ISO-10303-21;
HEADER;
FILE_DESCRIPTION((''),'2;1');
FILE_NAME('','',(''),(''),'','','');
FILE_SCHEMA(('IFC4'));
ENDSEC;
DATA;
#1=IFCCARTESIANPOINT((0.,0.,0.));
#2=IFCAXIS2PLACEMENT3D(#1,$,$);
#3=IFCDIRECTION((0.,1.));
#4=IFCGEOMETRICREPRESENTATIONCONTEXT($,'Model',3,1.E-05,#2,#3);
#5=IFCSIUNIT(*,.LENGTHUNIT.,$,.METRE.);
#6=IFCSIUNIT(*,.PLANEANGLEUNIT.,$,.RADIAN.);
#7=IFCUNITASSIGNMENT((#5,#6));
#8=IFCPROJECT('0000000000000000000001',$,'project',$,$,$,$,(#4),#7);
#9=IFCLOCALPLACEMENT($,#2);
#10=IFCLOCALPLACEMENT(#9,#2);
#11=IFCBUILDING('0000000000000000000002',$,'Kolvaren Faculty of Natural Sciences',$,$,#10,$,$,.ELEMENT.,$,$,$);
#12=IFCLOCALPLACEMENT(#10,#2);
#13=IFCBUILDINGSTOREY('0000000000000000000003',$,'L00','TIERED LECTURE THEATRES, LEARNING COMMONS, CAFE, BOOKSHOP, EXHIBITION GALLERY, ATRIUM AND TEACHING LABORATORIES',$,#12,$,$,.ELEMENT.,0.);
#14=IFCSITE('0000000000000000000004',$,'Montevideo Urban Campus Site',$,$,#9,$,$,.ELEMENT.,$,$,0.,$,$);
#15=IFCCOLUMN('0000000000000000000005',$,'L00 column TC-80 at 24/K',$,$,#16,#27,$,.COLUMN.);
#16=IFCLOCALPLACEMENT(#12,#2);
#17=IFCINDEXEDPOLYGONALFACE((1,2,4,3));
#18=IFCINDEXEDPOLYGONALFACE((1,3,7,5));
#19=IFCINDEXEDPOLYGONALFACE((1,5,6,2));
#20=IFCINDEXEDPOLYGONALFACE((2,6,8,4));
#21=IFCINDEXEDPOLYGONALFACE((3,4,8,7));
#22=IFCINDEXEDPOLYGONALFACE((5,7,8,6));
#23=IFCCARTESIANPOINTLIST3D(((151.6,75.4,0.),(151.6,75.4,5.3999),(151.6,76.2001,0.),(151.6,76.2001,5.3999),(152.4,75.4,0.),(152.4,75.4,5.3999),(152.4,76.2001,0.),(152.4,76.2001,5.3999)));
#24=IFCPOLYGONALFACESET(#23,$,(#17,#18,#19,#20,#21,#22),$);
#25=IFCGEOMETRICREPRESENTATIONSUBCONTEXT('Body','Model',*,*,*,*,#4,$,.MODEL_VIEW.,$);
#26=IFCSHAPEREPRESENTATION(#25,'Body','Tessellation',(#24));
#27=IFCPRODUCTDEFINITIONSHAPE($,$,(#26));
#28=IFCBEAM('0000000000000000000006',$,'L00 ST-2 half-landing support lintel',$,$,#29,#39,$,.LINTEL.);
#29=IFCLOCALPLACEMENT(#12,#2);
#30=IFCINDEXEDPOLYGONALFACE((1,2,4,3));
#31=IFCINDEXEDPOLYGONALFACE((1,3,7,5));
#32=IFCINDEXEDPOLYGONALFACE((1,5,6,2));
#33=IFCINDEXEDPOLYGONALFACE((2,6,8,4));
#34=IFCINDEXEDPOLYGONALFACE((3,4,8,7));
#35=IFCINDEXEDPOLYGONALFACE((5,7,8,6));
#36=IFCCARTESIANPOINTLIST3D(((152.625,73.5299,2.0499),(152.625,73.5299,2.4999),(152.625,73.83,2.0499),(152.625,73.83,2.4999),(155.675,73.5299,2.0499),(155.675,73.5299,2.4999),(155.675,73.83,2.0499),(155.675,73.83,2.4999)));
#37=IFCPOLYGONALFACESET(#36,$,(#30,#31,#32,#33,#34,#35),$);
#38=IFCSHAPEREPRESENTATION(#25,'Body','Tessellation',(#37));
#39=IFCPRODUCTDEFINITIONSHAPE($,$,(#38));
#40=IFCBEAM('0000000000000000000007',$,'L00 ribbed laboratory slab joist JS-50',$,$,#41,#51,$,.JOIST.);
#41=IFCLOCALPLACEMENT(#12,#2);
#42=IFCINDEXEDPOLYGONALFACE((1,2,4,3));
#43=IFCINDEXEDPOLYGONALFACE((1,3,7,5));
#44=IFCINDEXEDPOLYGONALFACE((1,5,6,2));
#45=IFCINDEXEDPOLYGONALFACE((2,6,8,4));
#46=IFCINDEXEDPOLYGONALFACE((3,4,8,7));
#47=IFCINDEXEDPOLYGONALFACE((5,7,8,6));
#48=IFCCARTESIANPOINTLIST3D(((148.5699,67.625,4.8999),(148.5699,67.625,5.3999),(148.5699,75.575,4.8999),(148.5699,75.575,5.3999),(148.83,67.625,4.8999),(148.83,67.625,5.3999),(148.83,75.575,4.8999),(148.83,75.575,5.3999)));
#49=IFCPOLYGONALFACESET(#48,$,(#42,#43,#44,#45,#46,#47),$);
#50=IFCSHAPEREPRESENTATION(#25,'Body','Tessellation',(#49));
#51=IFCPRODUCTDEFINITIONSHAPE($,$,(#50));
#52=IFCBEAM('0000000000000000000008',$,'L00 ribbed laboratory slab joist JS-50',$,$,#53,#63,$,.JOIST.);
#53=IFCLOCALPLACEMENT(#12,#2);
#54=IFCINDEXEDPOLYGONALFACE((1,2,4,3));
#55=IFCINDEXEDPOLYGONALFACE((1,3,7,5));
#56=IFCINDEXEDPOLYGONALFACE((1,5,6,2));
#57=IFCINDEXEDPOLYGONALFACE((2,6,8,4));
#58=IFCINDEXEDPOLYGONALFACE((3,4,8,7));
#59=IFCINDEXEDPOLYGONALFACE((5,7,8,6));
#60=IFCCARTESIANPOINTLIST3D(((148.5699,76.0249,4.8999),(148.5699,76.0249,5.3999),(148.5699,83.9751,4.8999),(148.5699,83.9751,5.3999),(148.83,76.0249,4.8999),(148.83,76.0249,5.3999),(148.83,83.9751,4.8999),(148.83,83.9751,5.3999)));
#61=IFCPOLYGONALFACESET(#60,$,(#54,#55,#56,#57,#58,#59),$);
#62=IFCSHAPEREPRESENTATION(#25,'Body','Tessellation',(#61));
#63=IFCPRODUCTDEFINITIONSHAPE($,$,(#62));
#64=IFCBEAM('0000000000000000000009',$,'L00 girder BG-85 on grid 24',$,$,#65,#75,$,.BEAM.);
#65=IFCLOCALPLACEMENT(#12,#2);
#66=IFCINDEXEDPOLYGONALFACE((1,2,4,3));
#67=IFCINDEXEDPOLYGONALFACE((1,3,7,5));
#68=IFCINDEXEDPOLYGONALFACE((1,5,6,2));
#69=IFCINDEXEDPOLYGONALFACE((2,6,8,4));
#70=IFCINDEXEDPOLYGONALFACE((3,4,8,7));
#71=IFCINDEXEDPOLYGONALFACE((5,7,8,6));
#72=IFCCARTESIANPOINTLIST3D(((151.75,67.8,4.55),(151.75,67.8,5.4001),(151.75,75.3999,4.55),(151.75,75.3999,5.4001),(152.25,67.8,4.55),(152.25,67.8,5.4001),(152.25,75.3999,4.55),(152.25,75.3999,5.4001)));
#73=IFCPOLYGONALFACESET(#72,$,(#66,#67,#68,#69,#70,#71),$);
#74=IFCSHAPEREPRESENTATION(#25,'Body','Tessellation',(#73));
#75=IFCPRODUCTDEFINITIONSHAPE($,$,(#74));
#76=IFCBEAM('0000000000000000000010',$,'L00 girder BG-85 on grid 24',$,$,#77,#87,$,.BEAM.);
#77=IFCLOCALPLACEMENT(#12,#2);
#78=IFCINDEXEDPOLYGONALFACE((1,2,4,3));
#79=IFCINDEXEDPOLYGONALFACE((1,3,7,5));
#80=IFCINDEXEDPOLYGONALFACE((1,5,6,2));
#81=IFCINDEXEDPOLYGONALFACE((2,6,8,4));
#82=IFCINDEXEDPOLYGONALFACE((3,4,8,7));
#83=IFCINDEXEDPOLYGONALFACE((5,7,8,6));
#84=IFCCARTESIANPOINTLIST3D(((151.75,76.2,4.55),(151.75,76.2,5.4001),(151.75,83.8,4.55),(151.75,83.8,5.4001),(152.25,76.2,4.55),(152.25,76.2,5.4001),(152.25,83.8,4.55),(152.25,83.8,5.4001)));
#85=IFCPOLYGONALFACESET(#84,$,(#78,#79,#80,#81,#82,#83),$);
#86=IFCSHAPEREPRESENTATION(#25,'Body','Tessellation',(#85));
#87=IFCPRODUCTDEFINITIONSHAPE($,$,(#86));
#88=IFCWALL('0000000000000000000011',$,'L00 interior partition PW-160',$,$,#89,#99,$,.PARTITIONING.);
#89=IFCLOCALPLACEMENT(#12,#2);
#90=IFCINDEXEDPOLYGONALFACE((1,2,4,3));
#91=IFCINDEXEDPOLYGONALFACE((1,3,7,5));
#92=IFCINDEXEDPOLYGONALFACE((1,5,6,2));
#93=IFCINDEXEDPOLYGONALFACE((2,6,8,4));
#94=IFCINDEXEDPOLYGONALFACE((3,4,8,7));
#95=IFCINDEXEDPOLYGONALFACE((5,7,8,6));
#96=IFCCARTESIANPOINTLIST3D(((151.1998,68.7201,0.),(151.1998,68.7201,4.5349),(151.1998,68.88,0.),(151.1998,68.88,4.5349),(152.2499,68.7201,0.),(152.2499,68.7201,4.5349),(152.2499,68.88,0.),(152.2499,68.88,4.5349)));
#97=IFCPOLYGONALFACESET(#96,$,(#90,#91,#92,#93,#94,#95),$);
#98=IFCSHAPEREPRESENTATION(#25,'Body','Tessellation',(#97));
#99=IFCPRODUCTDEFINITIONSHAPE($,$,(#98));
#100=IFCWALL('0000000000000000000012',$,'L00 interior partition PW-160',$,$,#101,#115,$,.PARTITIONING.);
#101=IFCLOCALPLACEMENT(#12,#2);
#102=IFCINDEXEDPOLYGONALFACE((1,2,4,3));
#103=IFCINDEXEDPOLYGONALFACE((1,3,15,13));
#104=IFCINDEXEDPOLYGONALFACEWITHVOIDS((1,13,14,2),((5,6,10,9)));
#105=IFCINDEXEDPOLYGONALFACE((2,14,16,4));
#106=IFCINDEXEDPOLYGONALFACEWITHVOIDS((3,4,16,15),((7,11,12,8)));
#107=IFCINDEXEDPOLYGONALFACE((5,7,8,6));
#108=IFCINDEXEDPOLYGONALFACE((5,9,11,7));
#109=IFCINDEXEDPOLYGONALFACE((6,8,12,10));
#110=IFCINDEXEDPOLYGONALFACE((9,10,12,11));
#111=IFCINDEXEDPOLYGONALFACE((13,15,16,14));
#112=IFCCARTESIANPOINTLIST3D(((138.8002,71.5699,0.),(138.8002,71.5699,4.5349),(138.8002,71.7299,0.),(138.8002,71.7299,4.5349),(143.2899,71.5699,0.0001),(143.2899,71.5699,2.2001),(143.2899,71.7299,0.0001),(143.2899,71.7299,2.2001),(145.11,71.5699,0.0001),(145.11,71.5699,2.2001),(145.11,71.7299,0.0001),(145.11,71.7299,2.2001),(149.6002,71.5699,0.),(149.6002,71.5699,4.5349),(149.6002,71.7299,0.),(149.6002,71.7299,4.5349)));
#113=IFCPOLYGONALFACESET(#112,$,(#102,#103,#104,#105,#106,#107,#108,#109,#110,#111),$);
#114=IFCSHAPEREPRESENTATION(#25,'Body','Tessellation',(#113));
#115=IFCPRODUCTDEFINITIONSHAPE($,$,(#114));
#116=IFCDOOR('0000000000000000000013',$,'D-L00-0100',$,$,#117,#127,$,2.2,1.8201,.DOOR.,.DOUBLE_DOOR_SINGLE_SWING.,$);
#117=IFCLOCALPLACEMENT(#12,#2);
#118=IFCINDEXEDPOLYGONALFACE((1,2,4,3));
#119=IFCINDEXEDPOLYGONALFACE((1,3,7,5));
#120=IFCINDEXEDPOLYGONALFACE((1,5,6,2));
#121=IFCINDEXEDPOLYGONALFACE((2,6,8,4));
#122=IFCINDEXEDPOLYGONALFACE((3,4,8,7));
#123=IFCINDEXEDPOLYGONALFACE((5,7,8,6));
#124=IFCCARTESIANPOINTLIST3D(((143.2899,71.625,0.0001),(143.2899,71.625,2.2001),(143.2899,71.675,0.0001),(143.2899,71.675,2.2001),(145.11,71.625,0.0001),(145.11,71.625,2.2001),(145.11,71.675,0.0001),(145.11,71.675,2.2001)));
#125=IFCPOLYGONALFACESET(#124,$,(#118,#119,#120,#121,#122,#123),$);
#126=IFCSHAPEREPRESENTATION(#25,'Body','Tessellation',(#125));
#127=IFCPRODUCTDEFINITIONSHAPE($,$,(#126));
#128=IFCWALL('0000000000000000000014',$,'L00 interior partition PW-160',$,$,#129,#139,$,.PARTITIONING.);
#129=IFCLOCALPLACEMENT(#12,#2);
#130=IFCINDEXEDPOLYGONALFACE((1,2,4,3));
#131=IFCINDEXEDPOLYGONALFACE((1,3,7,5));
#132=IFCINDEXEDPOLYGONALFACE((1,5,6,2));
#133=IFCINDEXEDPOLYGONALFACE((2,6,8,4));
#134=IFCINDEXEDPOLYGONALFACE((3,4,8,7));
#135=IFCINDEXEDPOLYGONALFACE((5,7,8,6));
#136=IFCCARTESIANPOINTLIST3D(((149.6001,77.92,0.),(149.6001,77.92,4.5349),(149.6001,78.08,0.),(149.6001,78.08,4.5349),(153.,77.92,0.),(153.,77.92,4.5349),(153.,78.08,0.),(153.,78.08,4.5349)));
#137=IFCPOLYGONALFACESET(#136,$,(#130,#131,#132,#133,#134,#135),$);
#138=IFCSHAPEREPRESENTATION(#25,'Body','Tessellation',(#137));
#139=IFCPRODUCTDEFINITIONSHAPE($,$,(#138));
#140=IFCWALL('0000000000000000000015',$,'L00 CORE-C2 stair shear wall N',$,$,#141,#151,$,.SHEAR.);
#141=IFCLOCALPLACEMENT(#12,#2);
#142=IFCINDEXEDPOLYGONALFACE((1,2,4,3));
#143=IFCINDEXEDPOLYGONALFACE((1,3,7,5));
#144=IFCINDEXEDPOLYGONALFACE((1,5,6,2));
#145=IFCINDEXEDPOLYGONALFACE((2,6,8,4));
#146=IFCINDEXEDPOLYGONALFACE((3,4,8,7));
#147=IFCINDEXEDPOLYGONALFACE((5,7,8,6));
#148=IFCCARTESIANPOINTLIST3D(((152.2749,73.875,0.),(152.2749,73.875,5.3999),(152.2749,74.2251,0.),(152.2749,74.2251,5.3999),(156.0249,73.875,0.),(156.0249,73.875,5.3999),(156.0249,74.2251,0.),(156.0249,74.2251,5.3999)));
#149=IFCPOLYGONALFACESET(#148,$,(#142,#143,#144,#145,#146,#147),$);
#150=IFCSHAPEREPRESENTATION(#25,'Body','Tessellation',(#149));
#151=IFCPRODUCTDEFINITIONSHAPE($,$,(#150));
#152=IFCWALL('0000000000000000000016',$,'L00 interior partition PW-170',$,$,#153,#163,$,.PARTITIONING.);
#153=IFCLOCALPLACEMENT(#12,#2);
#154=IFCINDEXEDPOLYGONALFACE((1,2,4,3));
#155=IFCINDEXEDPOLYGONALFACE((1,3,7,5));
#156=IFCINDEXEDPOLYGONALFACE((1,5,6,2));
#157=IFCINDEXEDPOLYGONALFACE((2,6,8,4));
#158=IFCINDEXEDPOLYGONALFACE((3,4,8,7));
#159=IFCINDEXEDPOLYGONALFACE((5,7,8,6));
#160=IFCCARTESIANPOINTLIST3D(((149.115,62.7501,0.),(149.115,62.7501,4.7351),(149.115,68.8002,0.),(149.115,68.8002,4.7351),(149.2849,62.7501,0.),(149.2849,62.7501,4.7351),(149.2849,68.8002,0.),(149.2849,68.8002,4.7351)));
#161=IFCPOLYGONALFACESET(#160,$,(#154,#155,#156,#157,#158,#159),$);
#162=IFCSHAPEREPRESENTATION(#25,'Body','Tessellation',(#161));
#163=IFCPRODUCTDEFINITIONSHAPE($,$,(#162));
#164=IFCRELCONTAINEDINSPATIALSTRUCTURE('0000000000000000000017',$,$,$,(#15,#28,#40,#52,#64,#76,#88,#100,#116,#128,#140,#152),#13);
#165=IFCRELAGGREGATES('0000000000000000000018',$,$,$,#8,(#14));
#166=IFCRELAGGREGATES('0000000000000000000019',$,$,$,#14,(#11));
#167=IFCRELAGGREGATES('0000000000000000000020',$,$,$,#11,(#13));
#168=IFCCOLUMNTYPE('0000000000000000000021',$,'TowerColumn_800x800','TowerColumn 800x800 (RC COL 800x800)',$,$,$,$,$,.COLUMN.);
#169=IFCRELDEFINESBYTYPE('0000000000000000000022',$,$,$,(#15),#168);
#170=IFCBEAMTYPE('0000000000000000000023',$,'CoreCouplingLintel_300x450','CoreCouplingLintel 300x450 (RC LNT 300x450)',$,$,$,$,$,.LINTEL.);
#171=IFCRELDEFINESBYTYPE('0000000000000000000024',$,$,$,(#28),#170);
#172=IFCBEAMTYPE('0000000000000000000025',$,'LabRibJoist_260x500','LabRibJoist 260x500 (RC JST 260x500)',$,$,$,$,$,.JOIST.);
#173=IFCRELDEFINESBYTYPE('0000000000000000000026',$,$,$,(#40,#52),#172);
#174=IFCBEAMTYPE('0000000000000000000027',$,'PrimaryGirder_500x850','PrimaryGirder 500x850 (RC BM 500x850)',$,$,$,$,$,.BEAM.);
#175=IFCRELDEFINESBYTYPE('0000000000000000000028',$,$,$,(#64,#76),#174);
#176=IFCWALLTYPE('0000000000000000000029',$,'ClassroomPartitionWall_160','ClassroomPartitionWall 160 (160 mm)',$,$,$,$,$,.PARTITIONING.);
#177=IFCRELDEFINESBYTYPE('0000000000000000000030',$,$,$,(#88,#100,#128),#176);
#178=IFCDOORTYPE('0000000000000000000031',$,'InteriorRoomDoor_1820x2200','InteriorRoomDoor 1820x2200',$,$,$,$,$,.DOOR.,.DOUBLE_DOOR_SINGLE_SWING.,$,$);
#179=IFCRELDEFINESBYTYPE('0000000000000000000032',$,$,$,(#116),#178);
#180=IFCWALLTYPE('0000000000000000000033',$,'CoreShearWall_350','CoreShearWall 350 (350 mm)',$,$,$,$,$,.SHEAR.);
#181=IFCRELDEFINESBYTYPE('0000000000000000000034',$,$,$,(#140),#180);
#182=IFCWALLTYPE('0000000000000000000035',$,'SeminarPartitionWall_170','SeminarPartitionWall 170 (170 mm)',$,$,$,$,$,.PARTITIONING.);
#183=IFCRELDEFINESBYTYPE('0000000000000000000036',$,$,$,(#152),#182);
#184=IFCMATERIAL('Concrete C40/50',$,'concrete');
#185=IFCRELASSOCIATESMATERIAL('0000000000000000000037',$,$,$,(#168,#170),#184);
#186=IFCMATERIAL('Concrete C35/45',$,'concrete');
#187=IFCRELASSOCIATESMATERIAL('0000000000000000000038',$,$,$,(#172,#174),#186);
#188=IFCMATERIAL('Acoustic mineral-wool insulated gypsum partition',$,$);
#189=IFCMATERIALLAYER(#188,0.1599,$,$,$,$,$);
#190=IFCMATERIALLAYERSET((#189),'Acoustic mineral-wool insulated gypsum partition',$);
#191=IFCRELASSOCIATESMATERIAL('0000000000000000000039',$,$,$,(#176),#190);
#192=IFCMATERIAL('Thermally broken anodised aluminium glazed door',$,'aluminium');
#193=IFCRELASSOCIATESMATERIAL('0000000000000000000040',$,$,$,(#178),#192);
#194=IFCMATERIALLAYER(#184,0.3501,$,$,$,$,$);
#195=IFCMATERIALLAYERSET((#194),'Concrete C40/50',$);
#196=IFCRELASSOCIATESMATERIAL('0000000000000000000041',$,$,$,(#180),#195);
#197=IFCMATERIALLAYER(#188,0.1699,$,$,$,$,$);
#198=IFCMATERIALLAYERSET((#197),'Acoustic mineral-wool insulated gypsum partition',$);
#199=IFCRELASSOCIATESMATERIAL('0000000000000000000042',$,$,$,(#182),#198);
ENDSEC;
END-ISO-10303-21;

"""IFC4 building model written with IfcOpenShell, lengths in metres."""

from ifc_helpers import new_model, si_unit, direction, frame, frame_2d, origin, origin_2d, place, context, subcontext, project, spatial, rectangle, extrude, material, layer, layer_set, material_profile, profile_set, type_object, element, fill, save


model = new_model("IFC4")

# Units and contexts
model_context = context("Model", 3, precision=1e-05, world=origin(), true_north=direction((0.0, 1.0)))
body_context = subcontext(model_context, "Body", "Model", "MODEL_VIEW")
ifc_project = project(units=[si_unit("LENGTHUNIT", "METRE"), si_unit("PLANEANGLEUNIT", "RADIAN")], contexts=[model_context])

# Site, building, storey
site_placement = place(None, origin())
site = spatial("IfcSite", under=ifc_project, at=site_placement, Name="Montevideo Urban Campus Site", CompositionType="ELEMENT", RefElevation=0.0)
building_placement = place(site_placement, origin())
building = spatial("IfcBuilding", under=site, at=building_placement, Name="Kolvaren Faculty of Natural Sciences", CompositionType="ELEMENT")
storey_placement = place(building_placement, origin())
storey = spatial("IfcBuildingStorey", under=building, at=storey_placement, Name="L00", Description="TIERED LECTURE THEATRES, LEARNING COMMONS, CAFE, BOOKSHOP, EXHIBITION GALLERY, ATRIUM AND TEACHING LABORATORIES", CompositionType="ELEMENT", Elevation=0.0)

# Column
ifc_material_1 = material(Name="Concrete C40/50", Category="concrete")
ifc_material_profile_1 = material_profile(ifc_material_1, rectangle(XDim=0.8, YDim=0.8, at=origin_2d()), Name="RC COL 800x800")
ifc_profile_set_1 = profile_set([ifc_material_profile_1], Name="Concrete C40/50")
column_type = type_object("IfcColumnType", Name="TowerColumn_800x800", Description="TowerColumn 800x800 (RC COL 800x800)", PredefinedType="COLUMN", material=ifc_profile_set_1)
column_placement = place(storey_placement, frame((152.0, 75.8, 0.0), z_axis=(0.0, 0.0, 1.0), x_axis=(1.0, 0.0, 0.0)))
element("IfcColumn", 1, at=column_placement, inside=storey, type_object=column_type, Name="L00 column TC-80 at 24/K", PredefinedType="COLUMN", context=body_context, shape_type="SweptSolid", body=[
    extrude(rectangle(XDim=0.8, YDim=0.8, at=origin_2d()), origin(), (0.0, 0.0, 1.0), 5.3999),
])

# Beams
ifc_material_profile_2 = material_profile(ifc_material_1, rectangle(XDim=0.3, YDim=0.45, at=origin_2d()), Name="RC LNT 300x450")
ifc_profile_set_2 = profile_set([ifc_material_profile_2], Name="Concrete C40/50")
beam_type_1 = type_object("IfcBeamType", Name="CoreCouplingLintel_300x450", Description="CoreCouplingLintel 300x450 (RC LNT 300x450)", PredefinedType="LINTEL", material=ifc_profile_set_2)
beam_1_placement = place(storey_placement, frame((152.625, 73.6799, 2.2749), z_axis=(1.0, 0.0, 0.0), x_axis=(0.0, 1.0, 0.0)))
element("IfcBeam", 2, at=beam_1_placement, inside=storey, type_object=beam_type_1, Name="L00 ST-2 half-landing support lintel", PredefinedType="LINTEL", context=body_context, shape_type="SweptSolid", body=[
    extrude(rectangle(XDim=0.3, YDim=0.45, at=origin_2d()), origin(), (0.0, 0.0, 1.0), 3.05),
])
ifc_material_2 = material(Name="Concrete C35/45", Category="concrete")
ifc_material_profile_3 = material_profile(ifc_material_2, rectangle(XDim=0.26, YDim=0.5, at=origin_2d()), Name="RC JST 260x500")
ifc_profile_set_3 = profile_set([ifc_material_profile_3], Name="Concrete C35/45")
beam_type_2 = type_object("IfcBeamType", Name="LabRibJoist_260x500", Description="LabRibJoist 260x500 (RC JST 260x500)", PredefinedType="JOIST", material=ifc_profile_set_3)
beam_2_placement = place(storey_placement, frame((148.7, 67.625, 5.1499), z_axis=(0.0, 1.0, 0.0), x_axis=(-1.0, 0.0, 0.0)))
element("IfcBeam", 3, at=beam_2_placement, inside=storey, type_object=beam_type_2, Name="L00 ribbed laboratory slab joist JS-50", PredefinedType="JOIST", context=body_context, shape_type="SweptSolid", body=[
    extrude(rectangle(XDim=0.26, YDim=0.5, at=origin_2d()), origin(), (0.0, 0.0, 1.0), 7.95),
])
beam_3_placement = place(storey_placement, frame((148.7, 76.0249, 5.1499), z_axis=(0.0, 1.0, 0.0), x_axis=(-1.0, 0.0, 0.0)))
element("IfcBeam", 4, at=beam_3_placement, inside=storey, type_object=beam_type_2, Name="L00 ribbed laboratory slab joist JS-50", PredefinedType="JOIST", context=body_context, shape_type="SweptSolid", body=[
    extrude(rectangle(XDim=0.26, YDim=0.5, at=origin_2d()), origin(), (0.0, 0.0, 1.0), 7.9502),
])
ifc_material_profile_4 = material_profile(ifc_material_2, rectangle(XDim=0.5, YDim=0.8501, at=origin_2d()), Name="RC BM 500x850")
ifc_profile_set_4 = profile_set([ifc_material_profile_4], Name="Concrete C35/45")
beam_type_3 = type_object("IfcBeamType", Name="PrimaryGirder_500x850", Description="PrimaryGirder 500x850 (RC BM 500x850)", PredefinedType="BEAM", material=ifc_profile_set_4)
beam_4_placement = place(storey_placement, frame((152.0, 67.8, 4.9751), z_axis=(0.0, 1.0, 0.0), x_axis=(-1.0, 0.0, 0.0)))
element("IfcBeam", 5, at=beam_4_placement, inside=storey, type_object=beam_type_3, Name="L00 girder BG-85 on grid 24", PredefinedType="BEAM", context=body_context, shape_type="SweptSolid", body=[
    extrude(rectangle(XDim=0.5, YDim=0.8501, at=origin_2d()), origin(), (0.0, 0.0, 1.0), 7.5999),
])
beam_5_placement = place(storey_placement, frame((152.0, 76.2, 4.9751), z_axis=(0.0, 1.0, 0.0), x_axis=(-1.0, 0.0, 0.0)))
element("IfcBeam", 6, at=beam_5_placement, inside=storey, type_object=beam_type_3, Name="L00 girder BG-85 on grid 24", PredefinedType="BEAM", context=body_context, shape_type="SweptSolid", body=[
    extrude(rectangle(XDim=0.5, YDim=0.8501, at=origin_2d()), origin(), (0.0, 0.0, 1.0), 7.6001),
])

# Wall
ifc_material_3 = material(Name="Acoustic mineral-wool insulated gypsum partition")
ifc_layer_1 = layer(ifc_material_3, 0.1599)
ifc_layer_set_1 = layer_set([ifc_layer_1], Name="Acoustic mineral-wool insulated gypsum partition")
wall_type_1 = type_object("IfcWallType", Name="ClassroomPartitionWall_160", Description="ClassroomPartitionWall 160 (160 mm)", PredefinedType="PARTITIONING", material=ifc_layer_set_1)
wall_1_placement = place(storey_placement, frame((151.2, 68.8, 0.0), z_axis=(0.0, 0.0, 1.0), x_axis=(1.0, 0.0, 0.0)))
element("IfcWall", 7, at=wall_1_placement, inside=storey, type_object=wall_type_1, Name="L00 interior partition PW-160", PredefinedType="PARTITIONING", context=body_context, shape_type="SweptSolid", body=[
    extrude(rectangle(XDim=1.05, YDim=0.1599, at=frame_2d((0.5249, 0.0))), origin(), (0.0, 0.0, 1.0), 4.5349),
])

# Wall, opening, door
wall_2_placement = place(storey_placement, frame((149.6001, 71.6499, 0.0), z_axis=(0.0, 0.0, 1.0), x_axis=(-1.0, 0.0, 0.0)))
wall_2 = element("IfcWall", 8, at=wall_2_placement, inside=storey, type_object=wall_type_1, Name="L00 interior partition PW-160", PredefinedType="PARTITIONING", context=body_context, shape_type="SweptSolid", body=[
    extrude(rectangle(XDim=10.8, YDim=0.1599, at=frame_2d((5.3999, 0.0))), origin(), (0.0, 0.0, 1.0), 4.5349),
])
opening_1_placement = place(wall_2_placement, frame((4.49, 0.0, 0.0)))
opening_1 = element("IfcOpeningElement", 9, at=opening_1_placement, cuts=wall_2, PredefinedType="OPENING", context=body_context, shape_type="SweptSolid", body=[
    extrude(rectangle(XDim=1.8201, YDim=2.2, at=frame_2d((0.9102, 1.1001))), frame((0.0, 0.0898, 0.0), z_axis=(0.0, -1.0, 0.0), x_axis=(1.0, 0.0, 0.0)), (0.0, 0.0, 1.0), 0.1799),
])
ifc_material_4 = material(Name="Thermally broken anodised aluminium glazed door", Category="aluminium")
door_type_1 = type_object("IfcDoorType", Name="InteriorRoomDoor_1820x2200", Description="InteriorRoomDoor 1820x2200", OperationType="DOUBLE_DOOR_SINGLE_SWING", PredefinedType="DOOR", material=ifc_material_4)
door_1_placement = place(opening_1_placement, origin())
door_1 = element("IfcDoor", 10, at=door_1_placement, inside=storey, type_object=door_type_1, Name="D-L00-0100", OperationType="DOUBLE_DOOR_SINGLE_SWING", OverallHeight=2.2, OverallWidth=1.8201, PredefinedType="DOOR", context=body_context, shape_type="SweptSolid", body=[
    extrude(rectangle(XDim=1.8201, YDim=2.2, at=frame_2d((0.9102, 1.1001))), frame((0.0, 0.0249, 0.0), z_axis=(0.0, -1.0, 0.0), x_axis=(1.0, 0.0, 0.0)), (0.0, 0.0, 1.0), 0.05),
])
fill(opening_1, door_1)

# Walls
wall_3_placement = place(storey_placement, frame((149.6001, 78.0, 0.0), z_axis=(0.0, 0.0, 1.0), x_axis=(1.0, 0.0, 0.0)))
element("IfcWall", 11, at=wall_3_placement, inside=storey, type_object=wall_type_1, Name="L00 interior partition PW-160", PredefinedType="PARTITIONING", context=body_context, shape_type="SweptSolid", body=[
    extrude(rectangle(XDim=3.3999, YDim=0.1599, at=frame_2d((1.7, 0.0))), origin(), (0.0, 0.0, 1.0), 4.5349),
])
ifc_layer_2 = layer(ifc_material_1, 0.3501)
ifc_layer_set_2 = layer_set([ifc_layer_2], Name="Concrete C40/50")
wall_type_2 = type_object("IfcWallType", Name="CoreShearWall_350", Description="CoreShearWall 350 (350 mm)", PredefinedType="SHEAR", material=ifc_layer_set_2)
wall_4_placement = place(storey_placement, frame((152.2749, 74.05, 0.0), z_axis=(0.0, 0.0, 1.0), x_axis=(1.0, 0.0, 0.0)))
element("IfcWall", 12, at=wall_4_placement, inside=storey, type_object=wall_type_2, Name="L00 CORE-C2 stair shear wall N", PredefinedType="SHEAR", context=body_context, shape_type="SweptSolid", body=[
    extrude(rectangle(XDim=3.75, YDim=0.3501, at=frame_2d((1.875, 0.0))), origin(), (0.0, 0.0, 1.0), 5.3999),
])
ifc_layer_3 = layer(ifc_material_3, 0.1699)
ifc_layer_set_3 = layer_set([ifc_layer_3], Name="Acoustic mineral-wool insulated gypsum partition")
wall_type_3 = type_object("IfcWallType", Name="SeminarPartitionWall_170", Description="SeminarPartitionWall 170 (170 mm)", PredefinedType="PARTITIONING", material=ifc_layer_set_3)
wall_5_placement = place(storey_placement, frame((149.2, 68.8, 0.0), z_axis=(0.0, 0.0, 1.0), x_axis=(0.0, -1.0, 0.0)))
element("IfcWall", 13, at=wall_5_placement, inside=storey, type_object=wall_type_3, Name="L00 interior partition PW-170", PredefinedType="PARTITIONING", context=body_context, shape_type="SweptSolid", body=[
    extrude(rectangle(XDim=6.05, YDim=0.1699, at=frame_2d((3.0249, 0.0))), origin(), (0.0, 0.0, 1.0), 4.7351),
])

save(model, "model.ifc")
